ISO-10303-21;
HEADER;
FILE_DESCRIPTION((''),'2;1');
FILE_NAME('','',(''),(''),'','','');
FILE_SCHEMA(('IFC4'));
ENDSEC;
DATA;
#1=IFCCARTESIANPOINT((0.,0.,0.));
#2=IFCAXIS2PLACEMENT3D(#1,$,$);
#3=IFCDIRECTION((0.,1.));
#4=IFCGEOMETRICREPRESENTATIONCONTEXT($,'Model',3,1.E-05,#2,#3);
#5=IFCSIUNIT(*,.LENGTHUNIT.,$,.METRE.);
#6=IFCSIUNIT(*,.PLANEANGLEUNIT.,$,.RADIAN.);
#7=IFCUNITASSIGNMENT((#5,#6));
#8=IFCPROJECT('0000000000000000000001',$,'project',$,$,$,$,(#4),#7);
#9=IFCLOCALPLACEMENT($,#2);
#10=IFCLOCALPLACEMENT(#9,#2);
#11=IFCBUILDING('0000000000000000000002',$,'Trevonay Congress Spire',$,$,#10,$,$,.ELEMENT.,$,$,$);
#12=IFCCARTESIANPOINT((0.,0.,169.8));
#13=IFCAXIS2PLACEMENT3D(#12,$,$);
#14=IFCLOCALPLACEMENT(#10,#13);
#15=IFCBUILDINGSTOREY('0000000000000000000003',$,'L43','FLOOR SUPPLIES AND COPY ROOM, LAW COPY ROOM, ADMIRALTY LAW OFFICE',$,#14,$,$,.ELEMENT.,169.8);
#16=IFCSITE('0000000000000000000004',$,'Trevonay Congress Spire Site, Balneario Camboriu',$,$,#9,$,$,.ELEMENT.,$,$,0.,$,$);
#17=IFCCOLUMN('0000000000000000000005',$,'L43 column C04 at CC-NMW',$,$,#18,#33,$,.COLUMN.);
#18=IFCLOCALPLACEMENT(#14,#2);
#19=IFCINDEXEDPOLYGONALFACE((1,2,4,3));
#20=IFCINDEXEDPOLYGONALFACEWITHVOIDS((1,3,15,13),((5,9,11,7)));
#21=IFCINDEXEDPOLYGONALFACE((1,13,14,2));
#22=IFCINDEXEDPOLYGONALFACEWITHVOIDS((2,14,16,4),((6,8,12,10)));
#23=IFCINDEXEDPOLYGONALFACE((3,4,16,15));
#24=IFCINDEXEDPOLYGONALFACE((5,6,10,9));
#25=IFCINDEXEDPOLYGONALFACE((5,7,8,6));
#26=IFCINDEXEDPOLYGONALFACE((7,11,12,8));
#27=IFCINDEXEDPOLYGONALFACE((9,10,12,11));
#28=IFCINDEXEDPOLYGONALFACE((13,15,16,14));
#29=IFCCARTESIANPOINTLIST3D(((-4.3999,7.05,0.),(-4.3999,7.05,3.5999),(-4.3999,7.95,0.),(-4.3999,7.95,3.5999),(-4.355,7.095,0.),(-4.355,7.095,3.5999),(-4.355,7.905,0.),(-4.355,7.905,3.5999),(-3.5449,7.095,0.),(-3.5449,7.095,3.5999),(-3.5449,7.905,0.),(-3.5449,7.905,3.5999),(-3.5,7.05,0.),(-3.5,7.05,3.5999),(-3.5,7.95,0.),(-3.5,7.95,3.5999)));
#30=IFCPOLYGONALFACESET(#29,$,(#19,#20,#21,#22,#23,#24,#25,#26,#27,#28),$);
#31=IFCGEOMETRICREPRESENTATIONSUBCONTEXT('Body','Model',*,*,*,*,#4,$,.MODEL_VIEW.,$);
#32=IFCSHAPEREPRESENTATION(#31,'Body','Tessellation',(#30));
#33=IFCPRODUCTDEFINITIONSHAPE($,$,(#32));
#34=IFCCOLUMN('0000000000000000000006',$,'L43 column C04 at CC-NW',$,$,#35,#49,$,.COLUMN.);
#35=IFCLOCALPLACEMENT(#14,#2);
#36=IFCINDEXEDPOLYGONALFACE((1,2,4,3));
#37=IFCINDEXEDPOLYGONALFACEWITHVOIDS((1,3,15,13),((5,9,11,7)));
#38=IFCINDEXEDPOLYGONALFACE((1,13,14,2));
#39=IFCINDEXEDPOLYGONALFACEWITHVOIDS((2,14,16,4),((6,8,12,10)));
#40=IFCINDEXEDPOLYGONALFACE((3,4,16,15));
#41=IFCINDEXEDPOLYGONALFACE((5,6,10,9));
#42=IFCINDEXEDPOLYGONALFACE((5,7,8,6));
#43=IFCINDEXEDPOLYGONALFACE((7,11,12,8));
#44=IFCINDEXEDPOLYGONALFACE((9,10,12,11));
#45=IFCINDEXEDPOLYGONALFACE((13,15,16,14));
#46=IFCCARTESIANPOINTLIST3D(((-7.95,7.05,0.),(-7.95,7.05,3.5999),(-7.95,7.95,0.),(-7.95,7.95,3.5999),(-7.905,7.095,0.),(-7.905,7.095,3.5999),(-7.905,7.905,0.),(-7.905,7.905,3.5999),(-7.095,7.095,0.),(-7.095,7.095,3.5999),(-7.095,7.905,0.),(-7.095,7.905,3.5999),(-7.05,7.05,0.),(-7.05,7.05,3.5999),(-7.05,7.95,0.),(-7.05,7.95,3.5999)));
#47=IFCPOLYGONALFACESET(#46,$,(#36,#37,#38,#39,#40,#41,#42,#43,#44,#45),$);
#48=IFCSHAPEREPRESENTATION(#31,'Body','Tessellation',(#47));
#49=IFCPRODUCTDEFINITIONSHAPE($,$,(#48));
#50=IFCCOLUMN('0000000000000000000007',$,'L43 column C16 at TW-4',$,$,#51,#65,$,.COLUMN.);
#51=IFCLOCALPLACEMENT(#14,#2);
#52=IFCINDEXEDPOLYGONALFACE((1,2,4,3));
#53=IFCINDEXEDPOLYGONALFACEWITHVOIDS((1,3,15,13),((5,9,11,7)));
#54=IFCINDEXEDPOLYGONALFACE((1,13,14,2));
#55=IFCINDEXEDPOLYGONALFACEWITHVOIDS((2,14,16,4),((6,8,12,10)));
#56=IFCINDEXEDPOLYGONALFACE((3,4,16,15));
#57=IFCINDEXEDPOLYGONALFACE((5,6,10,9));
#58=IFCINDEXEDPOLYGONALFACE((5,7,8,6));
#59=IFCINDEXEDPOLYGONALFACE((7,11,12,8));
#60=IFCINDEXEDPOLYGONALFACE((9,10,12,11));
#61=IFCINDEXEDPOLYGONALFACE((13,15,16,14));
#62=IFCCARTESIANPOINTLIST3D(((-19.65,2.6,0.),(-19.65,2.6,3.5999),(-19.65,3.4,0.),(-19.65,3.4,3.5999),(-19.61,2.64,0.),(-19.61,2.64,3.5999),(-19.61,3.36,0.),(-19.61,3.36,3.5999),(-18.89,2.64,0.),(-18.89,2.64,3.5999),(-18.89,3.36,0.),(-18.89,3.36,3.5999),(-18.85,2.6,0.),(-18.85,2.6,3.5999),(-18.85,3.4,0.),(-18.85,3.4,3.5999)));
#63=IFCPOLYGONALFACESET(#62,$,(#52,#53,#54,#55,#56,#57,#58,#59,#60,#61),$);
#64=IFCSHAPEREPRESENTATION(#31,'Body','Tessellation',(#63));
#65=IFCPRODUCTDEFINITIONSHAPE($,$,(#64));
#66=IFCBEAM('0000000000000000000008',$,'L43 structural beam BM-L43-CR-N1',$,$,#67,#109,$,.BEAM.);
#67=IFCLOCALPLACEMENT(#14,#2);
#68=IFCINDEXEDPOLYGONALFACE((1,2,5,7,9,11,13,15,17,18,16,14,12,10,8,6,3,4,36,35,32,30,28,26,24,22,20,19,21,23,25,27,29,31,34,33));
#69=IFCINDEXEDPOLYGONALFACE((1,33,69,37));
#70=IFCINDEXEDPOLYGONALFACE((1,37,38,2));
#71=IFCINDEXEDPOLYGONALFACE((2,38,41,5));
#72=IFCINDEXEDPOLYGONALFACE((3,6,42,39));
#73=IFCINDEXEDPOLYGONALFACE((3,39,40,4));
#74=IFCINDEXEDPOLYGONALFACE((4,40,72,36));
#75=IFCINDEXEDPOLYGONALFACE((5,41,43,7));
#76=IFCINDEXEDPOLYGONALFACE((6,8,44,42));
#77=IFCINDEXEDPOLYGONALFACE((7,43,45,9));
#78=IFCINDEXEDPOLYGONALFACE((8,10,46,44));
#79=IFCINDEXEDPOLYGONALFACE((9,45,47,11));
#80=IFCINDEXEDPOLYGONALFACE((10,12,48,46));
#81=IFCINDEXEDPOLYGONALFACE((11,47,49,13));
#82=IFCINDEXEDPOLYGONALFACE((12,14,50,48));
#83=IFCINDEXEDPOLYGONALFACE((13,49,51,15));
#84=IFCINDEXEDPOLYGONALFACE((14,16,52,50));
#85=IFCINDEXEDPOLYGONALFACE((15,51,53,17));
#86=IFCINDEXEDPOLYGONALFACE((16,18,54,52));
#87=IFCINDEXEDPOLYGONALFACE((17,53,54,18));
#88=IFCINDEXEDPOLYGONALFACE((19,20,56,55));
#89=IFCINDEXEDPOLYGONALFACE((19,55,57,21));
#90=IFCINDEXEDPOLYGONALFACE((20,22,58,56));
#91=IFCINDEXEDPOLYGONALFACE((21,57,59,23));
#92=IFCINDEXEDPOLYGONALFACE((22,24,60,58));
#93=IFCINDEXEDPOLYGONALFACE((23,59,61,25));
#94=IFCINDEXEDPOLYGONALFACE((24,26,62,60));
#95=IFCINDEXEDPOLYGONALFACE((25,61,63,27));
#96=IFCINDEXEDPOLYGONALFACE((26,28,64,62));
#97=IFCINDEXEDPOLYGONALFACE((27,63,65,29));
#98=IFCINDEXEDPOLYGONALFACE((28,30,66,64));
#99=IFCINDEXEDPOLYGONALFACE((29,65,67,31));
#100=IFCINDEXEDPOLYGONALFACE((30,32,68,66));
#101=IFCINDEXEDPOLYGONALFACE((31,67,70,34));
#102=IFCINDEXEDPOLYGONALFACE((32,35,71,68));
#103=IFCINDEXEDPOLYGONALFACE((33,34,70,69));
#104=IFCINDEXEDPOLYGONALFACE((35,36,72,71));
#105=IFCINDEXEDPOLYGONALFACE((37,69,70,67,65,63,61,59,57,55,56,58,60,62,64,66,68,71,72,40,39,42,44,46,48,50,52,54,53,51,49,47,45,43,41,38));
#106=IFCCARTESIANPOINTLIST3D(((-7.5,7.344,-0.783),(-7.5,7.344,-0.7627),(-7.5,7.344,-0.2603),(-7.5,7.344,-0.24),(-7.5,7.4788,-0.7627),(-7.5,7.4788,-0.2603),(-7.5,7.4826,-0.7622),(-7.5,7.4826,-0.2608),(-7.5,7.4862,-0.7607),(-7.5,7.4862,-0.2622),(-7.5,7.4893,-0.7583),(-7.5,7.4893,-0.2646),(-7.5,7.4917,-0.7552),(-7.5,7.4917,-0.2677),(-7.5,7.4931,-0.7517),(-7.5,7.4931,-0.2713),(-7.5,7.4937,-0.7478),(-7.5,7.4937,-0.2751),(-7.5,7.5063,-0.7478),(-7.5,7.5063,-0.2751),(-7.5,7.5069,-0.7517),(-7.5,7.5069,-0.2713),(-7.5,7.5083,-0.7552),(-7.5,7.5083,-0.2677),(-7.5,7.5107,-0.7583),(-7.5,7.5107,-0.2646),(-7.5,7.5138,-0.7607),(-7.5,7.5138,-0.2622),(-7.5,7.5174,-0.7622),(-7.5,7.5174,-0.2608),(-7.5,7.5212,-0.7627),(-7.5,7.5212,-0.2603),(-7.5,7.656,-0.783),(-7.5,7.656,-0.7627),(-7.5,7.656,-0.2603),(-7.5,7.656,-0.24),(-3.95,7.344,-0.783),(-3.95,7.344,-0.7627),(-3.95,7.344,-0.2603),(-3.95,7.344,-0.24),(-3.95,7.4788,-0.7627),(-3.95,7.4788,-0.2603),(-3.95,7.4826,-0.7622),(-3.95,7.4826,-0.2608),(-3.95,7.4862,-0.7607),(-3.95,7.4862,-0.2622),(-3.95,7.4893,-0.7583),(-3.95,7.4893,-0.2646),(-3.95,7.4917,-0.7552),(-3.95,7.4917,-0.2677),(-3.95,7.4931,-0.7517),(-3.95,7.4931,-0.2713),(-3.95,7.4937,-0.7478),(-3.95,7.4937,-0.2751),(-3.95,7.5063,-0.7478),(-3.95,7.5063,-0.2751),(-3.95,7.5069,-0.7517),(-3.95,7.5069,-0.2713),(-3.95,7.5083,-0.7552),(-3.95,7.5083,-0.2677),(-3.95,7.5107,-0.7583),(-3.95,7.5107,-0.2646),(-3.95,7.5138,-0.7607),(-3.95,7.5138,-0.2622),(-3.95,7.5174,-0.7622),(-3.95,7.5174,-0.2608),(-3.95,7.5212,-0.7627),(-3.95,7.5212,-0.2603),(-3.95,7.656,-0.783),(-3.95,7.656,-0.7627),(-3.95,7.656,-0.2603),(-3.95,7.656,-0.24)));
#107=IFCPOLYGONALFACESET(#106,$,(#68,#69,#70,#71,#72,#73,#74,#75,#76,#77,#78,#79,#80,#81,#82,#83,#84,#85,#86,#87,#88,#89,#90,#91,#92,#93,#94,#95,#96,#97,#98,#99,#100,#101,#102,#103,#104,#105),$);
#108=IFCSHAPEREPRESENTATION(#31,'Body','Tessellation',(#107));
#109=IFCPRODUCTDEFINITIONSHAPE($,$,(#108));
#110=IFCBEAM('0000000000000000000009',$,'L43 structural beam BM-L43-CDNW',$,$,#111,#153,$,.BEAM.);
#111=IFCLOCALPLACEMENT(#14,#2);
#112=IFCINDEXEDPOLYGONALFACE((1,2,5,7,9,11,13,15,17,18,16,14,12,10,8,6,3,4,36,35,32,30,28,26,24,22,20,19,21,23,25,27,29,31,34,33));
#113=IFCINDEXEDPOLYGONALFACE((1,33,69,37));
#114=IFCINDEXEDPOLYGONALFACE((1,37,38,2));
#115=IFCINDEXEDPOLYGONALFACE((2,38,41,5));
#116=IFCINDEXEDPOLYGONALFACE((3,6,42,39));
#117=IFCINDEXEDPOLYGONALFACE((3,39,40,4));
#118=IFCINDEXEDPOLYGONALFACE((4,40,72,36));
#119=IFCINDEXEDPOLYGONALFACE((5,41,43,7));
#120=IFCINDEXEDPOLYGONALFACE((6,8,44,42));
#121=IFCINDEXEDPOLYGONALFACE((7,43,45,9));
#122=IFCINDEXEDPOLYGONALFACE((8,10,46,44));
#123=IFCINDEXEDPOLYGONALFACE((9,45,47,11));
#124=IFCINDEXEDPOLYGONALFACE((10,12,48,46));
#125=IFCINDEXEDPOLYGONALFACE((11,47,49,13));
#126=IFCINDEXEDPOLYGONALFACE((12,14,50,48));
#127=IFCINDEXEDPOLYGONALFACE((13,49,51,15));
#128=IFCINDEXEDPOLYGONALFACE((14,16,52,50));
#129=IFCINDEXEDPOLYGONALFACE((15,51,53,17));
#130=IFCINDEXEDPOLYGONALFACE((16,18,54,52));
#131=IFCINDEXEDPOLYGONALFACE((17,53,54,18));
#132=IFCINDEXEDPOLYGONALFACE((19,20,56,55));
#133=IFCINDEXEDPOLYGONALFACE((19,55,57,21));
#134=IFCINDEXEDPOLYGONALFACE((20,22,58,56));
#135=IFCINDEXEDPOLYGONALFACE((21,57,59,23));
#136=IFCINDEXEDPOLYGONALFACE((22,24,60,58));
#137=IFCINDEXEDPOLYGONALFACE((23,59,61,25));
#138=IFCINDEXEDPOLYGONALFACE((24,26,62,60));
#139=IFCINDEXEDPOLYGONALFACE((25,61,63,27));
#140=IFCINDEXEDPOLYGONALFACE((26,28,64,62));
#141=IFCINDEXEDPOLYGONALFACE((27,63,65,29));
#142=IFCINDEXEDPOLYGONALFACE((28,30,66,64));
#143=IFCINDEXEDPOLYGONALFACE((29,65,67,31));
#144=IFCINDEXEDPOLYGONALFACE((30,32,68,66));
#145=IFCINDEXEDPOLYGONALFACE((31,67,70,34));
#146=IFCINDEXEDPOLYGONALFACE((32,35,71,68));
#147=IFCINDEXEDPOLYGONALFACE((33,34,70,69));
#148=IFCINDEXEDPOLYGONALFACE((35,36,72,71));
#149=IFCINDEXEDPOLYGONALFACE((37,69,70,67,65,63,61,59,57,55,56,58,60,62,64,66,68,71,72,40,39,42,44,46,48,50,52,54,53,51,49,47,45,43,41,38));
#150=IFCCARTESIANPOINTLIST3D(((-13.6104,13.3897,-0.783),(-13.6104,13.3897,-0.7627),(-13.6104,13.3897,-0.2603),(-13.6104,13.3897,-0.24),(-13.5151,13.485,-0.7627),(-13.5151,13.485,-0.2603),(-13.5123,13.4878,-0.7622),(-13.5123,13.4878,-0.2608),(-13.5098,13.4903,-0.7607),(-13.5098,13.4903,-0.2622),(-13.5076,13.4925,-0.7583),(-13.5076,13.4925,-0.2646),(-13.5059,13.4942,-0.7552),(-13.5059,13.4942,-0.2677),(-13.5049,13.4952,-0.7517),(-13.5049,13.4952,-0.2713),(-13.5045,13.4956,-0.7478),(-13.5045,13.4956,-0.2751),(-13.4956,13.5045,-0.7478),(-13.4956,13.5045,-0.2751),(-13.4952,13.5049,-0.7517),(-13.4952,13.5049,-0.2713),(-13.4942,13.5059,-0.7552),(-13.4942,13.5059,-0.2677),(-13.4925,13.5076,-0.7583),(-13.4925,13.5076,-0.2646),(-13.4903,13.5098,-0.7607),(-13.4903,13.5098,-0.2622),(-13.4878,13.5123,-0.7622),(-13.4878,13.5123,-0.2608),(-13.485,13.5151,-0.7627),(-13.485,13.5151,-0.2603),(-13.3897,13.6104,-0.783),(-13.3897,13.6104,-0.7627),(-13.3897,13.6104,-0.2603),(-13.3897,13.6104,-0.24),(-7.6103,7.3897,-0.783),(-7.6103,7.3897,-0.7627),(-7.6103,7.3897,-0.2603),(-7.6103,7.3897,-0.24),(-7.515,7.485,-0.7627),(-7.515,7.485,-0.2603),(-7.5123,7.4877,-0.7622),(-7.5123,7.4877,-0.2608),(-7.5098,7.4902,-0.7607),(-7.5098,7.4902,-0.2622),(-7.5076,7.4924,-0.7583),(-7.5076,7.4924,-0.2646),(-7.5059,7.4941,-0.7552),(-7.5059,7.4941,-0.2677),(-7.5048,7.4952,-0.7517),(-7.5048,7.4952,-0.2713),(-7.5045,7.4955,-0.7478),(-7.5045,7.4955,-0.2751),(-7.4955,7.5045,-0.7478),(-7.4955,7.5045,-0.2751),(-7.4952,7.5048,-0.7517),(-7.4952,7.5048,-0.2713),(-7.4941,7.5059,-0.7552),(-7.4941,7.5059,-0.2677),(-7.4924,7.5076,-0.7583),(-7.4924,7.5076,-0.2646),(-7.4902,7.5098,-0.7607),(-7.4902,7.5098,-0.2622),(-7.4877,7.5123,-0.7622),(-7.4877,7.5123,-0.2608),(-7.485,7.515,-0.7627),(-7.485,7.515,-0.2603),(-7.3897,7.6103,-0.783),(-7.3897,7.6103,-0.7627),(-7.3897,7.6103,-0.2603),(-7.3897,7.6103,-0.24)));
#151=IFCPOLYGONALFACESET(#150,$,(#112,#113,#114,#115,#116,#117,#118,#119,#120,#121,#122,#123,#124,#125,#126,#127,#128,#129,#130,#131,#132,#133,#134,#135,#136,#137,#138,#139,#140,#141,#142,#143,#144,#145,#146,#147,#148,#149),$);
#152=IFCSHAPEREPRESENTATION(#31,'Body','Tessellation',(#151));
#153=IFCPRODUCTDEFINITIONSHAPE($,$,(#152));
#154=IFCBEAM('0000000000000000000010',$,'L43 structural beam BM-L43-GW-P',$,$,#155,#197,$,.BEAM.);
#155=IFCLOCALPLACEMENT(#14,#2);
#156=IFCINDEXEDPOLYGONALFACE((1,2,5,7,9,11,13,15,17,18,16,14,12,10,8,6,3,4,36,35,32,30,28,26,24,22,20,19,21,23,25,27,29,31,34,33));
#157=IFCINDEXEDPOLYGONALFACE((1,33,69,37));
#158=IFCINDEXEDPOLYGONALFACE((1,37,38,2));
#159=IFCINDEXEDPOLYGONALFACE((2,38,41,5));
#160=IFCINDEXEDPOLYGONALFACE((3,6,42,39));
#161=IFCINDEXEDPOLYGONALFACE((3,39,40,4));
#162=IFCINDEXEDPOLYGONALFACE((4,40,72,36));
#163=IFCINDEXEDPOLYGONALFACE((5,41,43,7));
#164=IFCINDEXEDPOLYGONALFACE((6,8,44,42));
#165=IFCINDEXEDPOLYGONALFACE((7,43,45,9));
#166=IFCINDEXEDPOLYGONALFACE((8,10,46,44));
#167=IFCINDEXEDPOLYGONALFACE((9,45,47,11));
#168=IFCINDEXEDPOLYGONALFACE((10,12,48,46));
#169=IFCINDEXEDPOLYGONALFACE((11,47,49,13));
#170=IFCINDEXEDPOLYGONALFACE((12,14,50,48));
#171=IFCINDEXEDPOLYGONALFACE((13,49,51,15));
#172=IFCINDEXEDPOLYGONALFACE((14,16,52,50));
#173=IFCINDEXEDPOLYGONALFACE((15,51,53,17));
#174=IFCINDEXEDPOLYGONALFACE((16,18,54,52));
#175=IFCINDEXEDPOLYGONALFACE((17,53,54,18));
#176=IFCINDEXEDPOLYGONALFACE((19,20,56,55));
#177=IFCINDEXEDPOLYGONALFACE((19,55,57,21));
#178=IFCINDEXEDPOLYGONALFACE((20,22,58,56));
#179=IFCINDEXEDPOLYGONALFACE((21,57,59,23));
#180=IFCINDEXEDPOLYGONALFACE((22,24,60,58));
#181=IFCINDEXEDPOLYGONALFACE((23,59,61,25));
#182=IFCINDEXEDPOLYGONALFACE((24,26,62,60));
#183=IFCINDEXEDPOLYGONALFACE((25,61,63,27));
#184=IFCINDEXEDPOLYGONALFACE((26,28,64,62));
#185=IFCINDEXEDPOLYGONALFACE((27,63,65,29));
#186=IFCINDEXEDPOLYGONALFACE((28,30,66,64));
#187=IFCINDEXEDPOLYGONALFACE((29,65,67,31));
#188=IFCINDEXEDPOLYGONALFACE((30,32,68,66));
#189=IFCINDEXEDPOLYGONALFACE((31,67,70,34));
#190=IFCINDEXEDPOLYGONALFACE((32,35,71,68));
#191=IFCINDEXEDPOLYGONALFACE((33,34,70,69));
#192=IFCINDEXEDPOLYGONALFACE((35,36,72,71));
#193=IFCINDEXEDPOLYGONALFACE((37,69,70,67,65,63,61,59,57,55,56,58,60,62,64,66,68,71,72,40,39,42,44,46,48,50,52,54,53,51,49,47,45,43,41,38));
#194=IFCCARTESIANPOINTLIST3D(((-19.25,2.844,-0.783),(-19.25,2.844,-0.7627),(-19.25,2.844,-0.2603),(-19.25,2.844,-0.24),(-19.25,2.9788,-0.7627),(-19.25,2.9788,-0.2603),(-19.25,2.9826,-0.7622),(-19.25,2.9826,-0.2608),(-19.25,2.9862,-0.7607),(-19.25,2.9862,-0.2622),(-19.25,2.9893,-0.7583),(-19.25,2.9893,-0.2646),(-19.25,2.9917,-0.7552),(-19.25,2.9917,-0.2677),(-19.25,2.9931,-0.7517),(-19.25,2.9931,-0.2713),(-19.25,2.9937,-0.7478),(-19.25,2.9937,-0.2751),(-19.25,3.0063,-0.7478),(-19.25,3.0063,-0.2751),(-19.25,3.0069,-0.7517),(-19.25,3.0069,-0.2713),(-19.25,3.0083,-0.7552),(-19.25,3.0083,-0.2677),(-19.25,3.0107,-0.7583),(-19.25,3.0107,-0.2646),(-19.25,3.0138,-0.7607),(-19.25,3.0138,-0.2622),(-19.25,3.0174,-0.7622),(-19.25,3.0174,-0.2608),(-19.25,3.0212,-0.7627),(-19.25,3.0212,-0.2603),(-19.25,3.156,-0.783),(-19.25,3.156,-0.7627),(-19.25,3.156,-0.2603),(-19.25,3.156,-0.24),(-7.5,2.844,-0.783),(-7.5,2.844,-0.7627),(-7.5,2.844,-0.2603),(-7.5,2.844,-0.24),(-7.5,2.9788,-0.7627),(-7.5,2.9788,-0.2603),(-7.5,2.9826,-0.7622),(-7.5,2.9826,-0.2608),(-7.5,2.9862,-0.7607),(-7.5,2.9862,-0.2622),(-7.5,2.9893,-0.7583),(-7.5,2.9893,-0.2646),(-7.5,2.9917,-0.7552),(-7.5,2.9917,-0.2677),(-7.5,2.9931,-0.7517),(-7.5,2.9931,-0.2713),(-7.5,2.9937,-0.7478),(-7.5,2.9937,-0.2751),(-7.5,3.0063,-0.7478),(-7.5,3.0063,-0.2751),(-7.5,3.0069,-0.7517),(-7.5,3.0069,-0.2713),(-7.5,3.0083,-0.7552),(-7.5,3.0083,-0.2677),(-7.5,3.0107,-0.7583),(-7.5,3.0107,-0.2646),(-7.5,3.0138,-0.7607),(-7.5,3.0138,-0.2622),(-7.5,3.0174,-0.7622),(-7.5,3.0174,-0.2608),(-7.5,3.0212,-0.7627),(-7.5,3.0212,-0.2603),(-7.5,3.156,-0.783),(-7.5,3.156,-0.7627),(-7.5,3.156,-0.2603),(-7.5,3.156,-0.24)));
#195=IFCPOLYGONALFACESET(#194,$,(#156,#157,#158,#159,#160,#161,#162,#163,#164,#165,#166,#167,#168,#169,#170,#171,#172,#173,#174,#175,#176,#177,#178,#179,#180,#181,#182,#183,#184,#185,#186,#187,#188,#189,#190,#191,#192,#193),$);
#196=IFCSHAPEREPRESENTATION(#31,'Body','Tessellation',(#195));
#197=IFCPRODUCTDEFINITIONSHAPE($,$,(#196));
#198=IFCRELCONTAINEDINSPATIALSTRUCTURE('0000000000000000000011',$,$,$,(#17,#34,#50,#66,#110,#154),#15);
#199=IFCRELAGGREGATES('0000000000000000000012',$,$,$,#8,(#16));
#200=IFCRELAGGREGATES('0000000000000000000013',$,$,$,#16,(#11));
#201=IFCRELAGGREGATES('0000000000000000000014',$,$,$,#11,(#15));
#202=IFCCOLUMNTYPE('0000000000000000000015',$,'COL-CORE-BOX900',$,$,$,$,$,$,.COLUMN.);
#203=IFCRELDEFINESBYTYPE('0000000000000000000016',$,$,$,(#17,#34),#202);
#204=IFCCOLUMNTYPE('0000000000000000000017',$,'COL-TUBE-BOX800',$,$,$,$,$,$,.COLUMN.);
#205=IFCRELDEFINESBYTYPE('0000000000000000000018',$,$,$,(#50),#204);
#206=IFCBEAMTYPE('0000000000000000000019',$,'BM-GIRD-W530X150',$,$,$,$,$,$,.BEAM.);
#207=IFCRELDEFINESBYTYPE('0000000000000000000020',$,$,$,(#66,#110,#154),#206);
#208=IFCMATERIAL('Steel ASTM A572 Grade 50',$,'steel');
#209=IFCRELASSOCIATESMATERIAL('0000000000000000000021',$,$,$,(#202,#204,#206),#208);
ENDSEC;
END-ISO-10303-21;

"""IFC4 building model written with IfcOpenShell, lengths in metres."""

from ifc_helpers import new_model, si_unit, direction, frame, origin, origin_2d, place, context, subcontext, project, spatial, hollow_rectangle, i_section, extrude, material, material_profile, profile_set, type_object, element, save


model = new_model("IFC4")

# Units and contexts
model_context = context("Model", 3, precision=1e-05, world=origin(), true_north=direction((0.0, 1.0)))
body_context = subcontext(model_context, "Body", "Model", "MODEL_VIEW")
ifc_project = project(units=[si_unit("LENGTHUNIT", "METRE"), si_unit("PLANEANGLEUNIT", "RADIAN")], contexts=[model_context])

# Site, building, storey
site_placement = place(None, origin())
site = spatial("IfcSite", under=ifc_project, at=site_placement, Name="Trevonay Congress Spire Site, Balneario Camboriu", CompositionType="ELEMENT", RefElevation=0.0)
building_placement = place(site_placement, origin())
building = spatial("IfcBuilding", under=site, at=building_placement, Name="Trevonay Congress Spire", CompositionType="ELEMENT")
storey_placement = place(building_placement, frame((0.0, 0.0, 169.8)))
storey = spatial("IfcBuildingStorey", under=building, at=storey_placement, Name="L43", Description="FLOOR SUPPLIES AND COPY ROOM, LAW COPY ROOM, ADMIRALTY LAW OFFICE", CompositionType="ELEMENT", Elevation=169.8)

# Columns
ifc_material_1 = material(Name="Steel ASTM A572 Grade 50", Category="steel")
ifc_material_profile_1 = material_profile(ifc_material_1, hollow_rectangle(XDim=0.8999, YDim=0.8999, WallThickness=0.0449, at=origin_2d()), Name="BOX 900x900x45")
ifc_profile_set_1 = profile_set([ifc_material_profile_1], Name="Steel ASTM A572 Grade 50")
column_type_1 = type_object("IfcColumnType", Name="COL-CORE-BOX900", PredefinedType="COLUMN", material=ifc_profile_set_1)
for number, where, z_axis, x_axis, name in (
    (1, (-3.95, 7.5, 0.0), (0.0, 0.0, 1.0), (1.0, 0.0, 0.0), "L43 column C04 at CC-NMW"),
    (2, (-7.5, 7.5, 0.0), (0.0, 0.0, 1.0), (1.0, 0.0, 0.0), "L43 column C04 at CC-NW"),
):
    element("IfcColumn", number, at=place(storey_placement, frame(where, z_axis=z_axis, x_axis=x_axis)), inside=storey, type_object=column_type_1, Name=name, PredefinedType="COLUMN", context=body_context, shape_type="SweptSolid", body=[
        extrude(hollow_rectangle(XDim=0.8999, YDim=0.8999, WallThickness=0.0449, at=origin_2d()), origin(), (0.0, 0.0, 1.0), 3.5999),
    ])
ifc_material_profile_2 = material_profile(ifc_material_1, hollow_rectangle(XDim=0.8, YDim=0.8, WallThickness=0.04, at=origin_2d()), Name="BOX 800x800x40")
ifc_profile_set_2 = profile_set([ifc_material_profile_2], Name="Steel ASTM A572 Grade 50")
column_type_2 = type_object("IfcColumnType", Name="COL-TUBE-BOX800", PredefinedType="COLUMN", material=ifc_profile_set_2)
column_placement = place(storey_placement, frame((-19.25, 3.0, 0.0), z_axis=(0.0, 0.0, 1.0), x_axis=(1.0, 0.0, 0.0)))
element("IfcColumn", 3, at=column_placement, inside=storey, type_object=column_type_2, Name="L43 column C16 at TW-4", PredefinedType="COLUMN", context=body_context, shape_type="SweptSolid", body=[
    extrude(hollow_rectangle(XDim=0.8, YDim=0.8, WallThickness=0.04, at=origin_2d()), origin(), (0.0, 0.0, 1.0), 3.5999),
])

# Beams
ifc_material_profile_3 = material_profile(ifc_material_1, i_section(OverallWidth=0.312, OverallDepth=0.543, WebThickness=0.0127, FlangeThickness=0.0203, FilletRadius=0.0149, at=origin_2d()), Name="W530x150")
ifc_profile_set_3 = profile_set([ifc_material_profile_3], Name="Steel ASTM A572 Grade 50")
beam_type_1 = type_object("IfcBeamType", Name="BM-GIRD-W530X150", PredefinedType="BEAM", material=ifc_profile_set_3)
beam_1_placement = place(storey_placement, frame((-7.5, 7.5, -0.5115), z_axis=(1.0, 0.0, 0.0), x_axis=(0.0, 1.0, 0.0)))
element("IfcBeam", 4, at=beam_1_placement, inside=storey, type_object=beam_type_1, Name="L43 structural beam BM-L43-CR-N1", PredefinedType="BEAM", context=body_context, shape_type="SweptSolid", body=[
    extrude(i_section(OverallWidth=0.312, OverallDepth=0.543, WebThickness=0.0127, FlangeThickness=0.0203, FilletRadius=0.0149, at=origin_2d()), origin(), (0.0, 0.0, 1.0), 3.55),
])
beam_2_placement = place(storey_placement, frame((-7.5, 7.5, -0.5115), z_axis=(-0.707107, 0.707107, 0.0), x_axis=(-0.707107, -0.707107, 0.0)))
element("IfcBeam", 5, at=beam_2_placement, inside=storey, type_object=beam_type_1, Name="L43 structural beam BM-L43-CDNW", PredefinedType="BEAM", context=body_context, shape_type="SweptSolid", body=[
    extrude(i_section(OverallWidth=0.312, OverallDepth=0.543, WebThickness=0.0127, FlangeThickness=0.0203, FilletRadius=0.0149, at=origin_2d()), origin(), (0.0, 0.0, 1.0), 8.4854),
])
beam_3_placement = place(storey_placement, frame((-7.5, 3.0, -0.5115), z_axis=(-1.0, 0.0, 0.0), x_axis=(0.0, -1.0, 0.0)))
element("IfcBeam", 6, at=beam_3_placement, inside=storey, type_object=beam_type_1, Name="L43 structural beam BM-L43-GW-P", PredefinedType="BEAM", context=body_context, shape_type="SweptSolid", body=[
    extrude(i_section(OverallWidth=0.312, OverallDepth=0.543, WebThickness=0.0127, FlangeThickness=0.0203, FilletRadius=0.0149, at=origin_2d()), origin(), (0.0, 0.0, 1.0), 11.75),
])

save(model, "model.ifc")
